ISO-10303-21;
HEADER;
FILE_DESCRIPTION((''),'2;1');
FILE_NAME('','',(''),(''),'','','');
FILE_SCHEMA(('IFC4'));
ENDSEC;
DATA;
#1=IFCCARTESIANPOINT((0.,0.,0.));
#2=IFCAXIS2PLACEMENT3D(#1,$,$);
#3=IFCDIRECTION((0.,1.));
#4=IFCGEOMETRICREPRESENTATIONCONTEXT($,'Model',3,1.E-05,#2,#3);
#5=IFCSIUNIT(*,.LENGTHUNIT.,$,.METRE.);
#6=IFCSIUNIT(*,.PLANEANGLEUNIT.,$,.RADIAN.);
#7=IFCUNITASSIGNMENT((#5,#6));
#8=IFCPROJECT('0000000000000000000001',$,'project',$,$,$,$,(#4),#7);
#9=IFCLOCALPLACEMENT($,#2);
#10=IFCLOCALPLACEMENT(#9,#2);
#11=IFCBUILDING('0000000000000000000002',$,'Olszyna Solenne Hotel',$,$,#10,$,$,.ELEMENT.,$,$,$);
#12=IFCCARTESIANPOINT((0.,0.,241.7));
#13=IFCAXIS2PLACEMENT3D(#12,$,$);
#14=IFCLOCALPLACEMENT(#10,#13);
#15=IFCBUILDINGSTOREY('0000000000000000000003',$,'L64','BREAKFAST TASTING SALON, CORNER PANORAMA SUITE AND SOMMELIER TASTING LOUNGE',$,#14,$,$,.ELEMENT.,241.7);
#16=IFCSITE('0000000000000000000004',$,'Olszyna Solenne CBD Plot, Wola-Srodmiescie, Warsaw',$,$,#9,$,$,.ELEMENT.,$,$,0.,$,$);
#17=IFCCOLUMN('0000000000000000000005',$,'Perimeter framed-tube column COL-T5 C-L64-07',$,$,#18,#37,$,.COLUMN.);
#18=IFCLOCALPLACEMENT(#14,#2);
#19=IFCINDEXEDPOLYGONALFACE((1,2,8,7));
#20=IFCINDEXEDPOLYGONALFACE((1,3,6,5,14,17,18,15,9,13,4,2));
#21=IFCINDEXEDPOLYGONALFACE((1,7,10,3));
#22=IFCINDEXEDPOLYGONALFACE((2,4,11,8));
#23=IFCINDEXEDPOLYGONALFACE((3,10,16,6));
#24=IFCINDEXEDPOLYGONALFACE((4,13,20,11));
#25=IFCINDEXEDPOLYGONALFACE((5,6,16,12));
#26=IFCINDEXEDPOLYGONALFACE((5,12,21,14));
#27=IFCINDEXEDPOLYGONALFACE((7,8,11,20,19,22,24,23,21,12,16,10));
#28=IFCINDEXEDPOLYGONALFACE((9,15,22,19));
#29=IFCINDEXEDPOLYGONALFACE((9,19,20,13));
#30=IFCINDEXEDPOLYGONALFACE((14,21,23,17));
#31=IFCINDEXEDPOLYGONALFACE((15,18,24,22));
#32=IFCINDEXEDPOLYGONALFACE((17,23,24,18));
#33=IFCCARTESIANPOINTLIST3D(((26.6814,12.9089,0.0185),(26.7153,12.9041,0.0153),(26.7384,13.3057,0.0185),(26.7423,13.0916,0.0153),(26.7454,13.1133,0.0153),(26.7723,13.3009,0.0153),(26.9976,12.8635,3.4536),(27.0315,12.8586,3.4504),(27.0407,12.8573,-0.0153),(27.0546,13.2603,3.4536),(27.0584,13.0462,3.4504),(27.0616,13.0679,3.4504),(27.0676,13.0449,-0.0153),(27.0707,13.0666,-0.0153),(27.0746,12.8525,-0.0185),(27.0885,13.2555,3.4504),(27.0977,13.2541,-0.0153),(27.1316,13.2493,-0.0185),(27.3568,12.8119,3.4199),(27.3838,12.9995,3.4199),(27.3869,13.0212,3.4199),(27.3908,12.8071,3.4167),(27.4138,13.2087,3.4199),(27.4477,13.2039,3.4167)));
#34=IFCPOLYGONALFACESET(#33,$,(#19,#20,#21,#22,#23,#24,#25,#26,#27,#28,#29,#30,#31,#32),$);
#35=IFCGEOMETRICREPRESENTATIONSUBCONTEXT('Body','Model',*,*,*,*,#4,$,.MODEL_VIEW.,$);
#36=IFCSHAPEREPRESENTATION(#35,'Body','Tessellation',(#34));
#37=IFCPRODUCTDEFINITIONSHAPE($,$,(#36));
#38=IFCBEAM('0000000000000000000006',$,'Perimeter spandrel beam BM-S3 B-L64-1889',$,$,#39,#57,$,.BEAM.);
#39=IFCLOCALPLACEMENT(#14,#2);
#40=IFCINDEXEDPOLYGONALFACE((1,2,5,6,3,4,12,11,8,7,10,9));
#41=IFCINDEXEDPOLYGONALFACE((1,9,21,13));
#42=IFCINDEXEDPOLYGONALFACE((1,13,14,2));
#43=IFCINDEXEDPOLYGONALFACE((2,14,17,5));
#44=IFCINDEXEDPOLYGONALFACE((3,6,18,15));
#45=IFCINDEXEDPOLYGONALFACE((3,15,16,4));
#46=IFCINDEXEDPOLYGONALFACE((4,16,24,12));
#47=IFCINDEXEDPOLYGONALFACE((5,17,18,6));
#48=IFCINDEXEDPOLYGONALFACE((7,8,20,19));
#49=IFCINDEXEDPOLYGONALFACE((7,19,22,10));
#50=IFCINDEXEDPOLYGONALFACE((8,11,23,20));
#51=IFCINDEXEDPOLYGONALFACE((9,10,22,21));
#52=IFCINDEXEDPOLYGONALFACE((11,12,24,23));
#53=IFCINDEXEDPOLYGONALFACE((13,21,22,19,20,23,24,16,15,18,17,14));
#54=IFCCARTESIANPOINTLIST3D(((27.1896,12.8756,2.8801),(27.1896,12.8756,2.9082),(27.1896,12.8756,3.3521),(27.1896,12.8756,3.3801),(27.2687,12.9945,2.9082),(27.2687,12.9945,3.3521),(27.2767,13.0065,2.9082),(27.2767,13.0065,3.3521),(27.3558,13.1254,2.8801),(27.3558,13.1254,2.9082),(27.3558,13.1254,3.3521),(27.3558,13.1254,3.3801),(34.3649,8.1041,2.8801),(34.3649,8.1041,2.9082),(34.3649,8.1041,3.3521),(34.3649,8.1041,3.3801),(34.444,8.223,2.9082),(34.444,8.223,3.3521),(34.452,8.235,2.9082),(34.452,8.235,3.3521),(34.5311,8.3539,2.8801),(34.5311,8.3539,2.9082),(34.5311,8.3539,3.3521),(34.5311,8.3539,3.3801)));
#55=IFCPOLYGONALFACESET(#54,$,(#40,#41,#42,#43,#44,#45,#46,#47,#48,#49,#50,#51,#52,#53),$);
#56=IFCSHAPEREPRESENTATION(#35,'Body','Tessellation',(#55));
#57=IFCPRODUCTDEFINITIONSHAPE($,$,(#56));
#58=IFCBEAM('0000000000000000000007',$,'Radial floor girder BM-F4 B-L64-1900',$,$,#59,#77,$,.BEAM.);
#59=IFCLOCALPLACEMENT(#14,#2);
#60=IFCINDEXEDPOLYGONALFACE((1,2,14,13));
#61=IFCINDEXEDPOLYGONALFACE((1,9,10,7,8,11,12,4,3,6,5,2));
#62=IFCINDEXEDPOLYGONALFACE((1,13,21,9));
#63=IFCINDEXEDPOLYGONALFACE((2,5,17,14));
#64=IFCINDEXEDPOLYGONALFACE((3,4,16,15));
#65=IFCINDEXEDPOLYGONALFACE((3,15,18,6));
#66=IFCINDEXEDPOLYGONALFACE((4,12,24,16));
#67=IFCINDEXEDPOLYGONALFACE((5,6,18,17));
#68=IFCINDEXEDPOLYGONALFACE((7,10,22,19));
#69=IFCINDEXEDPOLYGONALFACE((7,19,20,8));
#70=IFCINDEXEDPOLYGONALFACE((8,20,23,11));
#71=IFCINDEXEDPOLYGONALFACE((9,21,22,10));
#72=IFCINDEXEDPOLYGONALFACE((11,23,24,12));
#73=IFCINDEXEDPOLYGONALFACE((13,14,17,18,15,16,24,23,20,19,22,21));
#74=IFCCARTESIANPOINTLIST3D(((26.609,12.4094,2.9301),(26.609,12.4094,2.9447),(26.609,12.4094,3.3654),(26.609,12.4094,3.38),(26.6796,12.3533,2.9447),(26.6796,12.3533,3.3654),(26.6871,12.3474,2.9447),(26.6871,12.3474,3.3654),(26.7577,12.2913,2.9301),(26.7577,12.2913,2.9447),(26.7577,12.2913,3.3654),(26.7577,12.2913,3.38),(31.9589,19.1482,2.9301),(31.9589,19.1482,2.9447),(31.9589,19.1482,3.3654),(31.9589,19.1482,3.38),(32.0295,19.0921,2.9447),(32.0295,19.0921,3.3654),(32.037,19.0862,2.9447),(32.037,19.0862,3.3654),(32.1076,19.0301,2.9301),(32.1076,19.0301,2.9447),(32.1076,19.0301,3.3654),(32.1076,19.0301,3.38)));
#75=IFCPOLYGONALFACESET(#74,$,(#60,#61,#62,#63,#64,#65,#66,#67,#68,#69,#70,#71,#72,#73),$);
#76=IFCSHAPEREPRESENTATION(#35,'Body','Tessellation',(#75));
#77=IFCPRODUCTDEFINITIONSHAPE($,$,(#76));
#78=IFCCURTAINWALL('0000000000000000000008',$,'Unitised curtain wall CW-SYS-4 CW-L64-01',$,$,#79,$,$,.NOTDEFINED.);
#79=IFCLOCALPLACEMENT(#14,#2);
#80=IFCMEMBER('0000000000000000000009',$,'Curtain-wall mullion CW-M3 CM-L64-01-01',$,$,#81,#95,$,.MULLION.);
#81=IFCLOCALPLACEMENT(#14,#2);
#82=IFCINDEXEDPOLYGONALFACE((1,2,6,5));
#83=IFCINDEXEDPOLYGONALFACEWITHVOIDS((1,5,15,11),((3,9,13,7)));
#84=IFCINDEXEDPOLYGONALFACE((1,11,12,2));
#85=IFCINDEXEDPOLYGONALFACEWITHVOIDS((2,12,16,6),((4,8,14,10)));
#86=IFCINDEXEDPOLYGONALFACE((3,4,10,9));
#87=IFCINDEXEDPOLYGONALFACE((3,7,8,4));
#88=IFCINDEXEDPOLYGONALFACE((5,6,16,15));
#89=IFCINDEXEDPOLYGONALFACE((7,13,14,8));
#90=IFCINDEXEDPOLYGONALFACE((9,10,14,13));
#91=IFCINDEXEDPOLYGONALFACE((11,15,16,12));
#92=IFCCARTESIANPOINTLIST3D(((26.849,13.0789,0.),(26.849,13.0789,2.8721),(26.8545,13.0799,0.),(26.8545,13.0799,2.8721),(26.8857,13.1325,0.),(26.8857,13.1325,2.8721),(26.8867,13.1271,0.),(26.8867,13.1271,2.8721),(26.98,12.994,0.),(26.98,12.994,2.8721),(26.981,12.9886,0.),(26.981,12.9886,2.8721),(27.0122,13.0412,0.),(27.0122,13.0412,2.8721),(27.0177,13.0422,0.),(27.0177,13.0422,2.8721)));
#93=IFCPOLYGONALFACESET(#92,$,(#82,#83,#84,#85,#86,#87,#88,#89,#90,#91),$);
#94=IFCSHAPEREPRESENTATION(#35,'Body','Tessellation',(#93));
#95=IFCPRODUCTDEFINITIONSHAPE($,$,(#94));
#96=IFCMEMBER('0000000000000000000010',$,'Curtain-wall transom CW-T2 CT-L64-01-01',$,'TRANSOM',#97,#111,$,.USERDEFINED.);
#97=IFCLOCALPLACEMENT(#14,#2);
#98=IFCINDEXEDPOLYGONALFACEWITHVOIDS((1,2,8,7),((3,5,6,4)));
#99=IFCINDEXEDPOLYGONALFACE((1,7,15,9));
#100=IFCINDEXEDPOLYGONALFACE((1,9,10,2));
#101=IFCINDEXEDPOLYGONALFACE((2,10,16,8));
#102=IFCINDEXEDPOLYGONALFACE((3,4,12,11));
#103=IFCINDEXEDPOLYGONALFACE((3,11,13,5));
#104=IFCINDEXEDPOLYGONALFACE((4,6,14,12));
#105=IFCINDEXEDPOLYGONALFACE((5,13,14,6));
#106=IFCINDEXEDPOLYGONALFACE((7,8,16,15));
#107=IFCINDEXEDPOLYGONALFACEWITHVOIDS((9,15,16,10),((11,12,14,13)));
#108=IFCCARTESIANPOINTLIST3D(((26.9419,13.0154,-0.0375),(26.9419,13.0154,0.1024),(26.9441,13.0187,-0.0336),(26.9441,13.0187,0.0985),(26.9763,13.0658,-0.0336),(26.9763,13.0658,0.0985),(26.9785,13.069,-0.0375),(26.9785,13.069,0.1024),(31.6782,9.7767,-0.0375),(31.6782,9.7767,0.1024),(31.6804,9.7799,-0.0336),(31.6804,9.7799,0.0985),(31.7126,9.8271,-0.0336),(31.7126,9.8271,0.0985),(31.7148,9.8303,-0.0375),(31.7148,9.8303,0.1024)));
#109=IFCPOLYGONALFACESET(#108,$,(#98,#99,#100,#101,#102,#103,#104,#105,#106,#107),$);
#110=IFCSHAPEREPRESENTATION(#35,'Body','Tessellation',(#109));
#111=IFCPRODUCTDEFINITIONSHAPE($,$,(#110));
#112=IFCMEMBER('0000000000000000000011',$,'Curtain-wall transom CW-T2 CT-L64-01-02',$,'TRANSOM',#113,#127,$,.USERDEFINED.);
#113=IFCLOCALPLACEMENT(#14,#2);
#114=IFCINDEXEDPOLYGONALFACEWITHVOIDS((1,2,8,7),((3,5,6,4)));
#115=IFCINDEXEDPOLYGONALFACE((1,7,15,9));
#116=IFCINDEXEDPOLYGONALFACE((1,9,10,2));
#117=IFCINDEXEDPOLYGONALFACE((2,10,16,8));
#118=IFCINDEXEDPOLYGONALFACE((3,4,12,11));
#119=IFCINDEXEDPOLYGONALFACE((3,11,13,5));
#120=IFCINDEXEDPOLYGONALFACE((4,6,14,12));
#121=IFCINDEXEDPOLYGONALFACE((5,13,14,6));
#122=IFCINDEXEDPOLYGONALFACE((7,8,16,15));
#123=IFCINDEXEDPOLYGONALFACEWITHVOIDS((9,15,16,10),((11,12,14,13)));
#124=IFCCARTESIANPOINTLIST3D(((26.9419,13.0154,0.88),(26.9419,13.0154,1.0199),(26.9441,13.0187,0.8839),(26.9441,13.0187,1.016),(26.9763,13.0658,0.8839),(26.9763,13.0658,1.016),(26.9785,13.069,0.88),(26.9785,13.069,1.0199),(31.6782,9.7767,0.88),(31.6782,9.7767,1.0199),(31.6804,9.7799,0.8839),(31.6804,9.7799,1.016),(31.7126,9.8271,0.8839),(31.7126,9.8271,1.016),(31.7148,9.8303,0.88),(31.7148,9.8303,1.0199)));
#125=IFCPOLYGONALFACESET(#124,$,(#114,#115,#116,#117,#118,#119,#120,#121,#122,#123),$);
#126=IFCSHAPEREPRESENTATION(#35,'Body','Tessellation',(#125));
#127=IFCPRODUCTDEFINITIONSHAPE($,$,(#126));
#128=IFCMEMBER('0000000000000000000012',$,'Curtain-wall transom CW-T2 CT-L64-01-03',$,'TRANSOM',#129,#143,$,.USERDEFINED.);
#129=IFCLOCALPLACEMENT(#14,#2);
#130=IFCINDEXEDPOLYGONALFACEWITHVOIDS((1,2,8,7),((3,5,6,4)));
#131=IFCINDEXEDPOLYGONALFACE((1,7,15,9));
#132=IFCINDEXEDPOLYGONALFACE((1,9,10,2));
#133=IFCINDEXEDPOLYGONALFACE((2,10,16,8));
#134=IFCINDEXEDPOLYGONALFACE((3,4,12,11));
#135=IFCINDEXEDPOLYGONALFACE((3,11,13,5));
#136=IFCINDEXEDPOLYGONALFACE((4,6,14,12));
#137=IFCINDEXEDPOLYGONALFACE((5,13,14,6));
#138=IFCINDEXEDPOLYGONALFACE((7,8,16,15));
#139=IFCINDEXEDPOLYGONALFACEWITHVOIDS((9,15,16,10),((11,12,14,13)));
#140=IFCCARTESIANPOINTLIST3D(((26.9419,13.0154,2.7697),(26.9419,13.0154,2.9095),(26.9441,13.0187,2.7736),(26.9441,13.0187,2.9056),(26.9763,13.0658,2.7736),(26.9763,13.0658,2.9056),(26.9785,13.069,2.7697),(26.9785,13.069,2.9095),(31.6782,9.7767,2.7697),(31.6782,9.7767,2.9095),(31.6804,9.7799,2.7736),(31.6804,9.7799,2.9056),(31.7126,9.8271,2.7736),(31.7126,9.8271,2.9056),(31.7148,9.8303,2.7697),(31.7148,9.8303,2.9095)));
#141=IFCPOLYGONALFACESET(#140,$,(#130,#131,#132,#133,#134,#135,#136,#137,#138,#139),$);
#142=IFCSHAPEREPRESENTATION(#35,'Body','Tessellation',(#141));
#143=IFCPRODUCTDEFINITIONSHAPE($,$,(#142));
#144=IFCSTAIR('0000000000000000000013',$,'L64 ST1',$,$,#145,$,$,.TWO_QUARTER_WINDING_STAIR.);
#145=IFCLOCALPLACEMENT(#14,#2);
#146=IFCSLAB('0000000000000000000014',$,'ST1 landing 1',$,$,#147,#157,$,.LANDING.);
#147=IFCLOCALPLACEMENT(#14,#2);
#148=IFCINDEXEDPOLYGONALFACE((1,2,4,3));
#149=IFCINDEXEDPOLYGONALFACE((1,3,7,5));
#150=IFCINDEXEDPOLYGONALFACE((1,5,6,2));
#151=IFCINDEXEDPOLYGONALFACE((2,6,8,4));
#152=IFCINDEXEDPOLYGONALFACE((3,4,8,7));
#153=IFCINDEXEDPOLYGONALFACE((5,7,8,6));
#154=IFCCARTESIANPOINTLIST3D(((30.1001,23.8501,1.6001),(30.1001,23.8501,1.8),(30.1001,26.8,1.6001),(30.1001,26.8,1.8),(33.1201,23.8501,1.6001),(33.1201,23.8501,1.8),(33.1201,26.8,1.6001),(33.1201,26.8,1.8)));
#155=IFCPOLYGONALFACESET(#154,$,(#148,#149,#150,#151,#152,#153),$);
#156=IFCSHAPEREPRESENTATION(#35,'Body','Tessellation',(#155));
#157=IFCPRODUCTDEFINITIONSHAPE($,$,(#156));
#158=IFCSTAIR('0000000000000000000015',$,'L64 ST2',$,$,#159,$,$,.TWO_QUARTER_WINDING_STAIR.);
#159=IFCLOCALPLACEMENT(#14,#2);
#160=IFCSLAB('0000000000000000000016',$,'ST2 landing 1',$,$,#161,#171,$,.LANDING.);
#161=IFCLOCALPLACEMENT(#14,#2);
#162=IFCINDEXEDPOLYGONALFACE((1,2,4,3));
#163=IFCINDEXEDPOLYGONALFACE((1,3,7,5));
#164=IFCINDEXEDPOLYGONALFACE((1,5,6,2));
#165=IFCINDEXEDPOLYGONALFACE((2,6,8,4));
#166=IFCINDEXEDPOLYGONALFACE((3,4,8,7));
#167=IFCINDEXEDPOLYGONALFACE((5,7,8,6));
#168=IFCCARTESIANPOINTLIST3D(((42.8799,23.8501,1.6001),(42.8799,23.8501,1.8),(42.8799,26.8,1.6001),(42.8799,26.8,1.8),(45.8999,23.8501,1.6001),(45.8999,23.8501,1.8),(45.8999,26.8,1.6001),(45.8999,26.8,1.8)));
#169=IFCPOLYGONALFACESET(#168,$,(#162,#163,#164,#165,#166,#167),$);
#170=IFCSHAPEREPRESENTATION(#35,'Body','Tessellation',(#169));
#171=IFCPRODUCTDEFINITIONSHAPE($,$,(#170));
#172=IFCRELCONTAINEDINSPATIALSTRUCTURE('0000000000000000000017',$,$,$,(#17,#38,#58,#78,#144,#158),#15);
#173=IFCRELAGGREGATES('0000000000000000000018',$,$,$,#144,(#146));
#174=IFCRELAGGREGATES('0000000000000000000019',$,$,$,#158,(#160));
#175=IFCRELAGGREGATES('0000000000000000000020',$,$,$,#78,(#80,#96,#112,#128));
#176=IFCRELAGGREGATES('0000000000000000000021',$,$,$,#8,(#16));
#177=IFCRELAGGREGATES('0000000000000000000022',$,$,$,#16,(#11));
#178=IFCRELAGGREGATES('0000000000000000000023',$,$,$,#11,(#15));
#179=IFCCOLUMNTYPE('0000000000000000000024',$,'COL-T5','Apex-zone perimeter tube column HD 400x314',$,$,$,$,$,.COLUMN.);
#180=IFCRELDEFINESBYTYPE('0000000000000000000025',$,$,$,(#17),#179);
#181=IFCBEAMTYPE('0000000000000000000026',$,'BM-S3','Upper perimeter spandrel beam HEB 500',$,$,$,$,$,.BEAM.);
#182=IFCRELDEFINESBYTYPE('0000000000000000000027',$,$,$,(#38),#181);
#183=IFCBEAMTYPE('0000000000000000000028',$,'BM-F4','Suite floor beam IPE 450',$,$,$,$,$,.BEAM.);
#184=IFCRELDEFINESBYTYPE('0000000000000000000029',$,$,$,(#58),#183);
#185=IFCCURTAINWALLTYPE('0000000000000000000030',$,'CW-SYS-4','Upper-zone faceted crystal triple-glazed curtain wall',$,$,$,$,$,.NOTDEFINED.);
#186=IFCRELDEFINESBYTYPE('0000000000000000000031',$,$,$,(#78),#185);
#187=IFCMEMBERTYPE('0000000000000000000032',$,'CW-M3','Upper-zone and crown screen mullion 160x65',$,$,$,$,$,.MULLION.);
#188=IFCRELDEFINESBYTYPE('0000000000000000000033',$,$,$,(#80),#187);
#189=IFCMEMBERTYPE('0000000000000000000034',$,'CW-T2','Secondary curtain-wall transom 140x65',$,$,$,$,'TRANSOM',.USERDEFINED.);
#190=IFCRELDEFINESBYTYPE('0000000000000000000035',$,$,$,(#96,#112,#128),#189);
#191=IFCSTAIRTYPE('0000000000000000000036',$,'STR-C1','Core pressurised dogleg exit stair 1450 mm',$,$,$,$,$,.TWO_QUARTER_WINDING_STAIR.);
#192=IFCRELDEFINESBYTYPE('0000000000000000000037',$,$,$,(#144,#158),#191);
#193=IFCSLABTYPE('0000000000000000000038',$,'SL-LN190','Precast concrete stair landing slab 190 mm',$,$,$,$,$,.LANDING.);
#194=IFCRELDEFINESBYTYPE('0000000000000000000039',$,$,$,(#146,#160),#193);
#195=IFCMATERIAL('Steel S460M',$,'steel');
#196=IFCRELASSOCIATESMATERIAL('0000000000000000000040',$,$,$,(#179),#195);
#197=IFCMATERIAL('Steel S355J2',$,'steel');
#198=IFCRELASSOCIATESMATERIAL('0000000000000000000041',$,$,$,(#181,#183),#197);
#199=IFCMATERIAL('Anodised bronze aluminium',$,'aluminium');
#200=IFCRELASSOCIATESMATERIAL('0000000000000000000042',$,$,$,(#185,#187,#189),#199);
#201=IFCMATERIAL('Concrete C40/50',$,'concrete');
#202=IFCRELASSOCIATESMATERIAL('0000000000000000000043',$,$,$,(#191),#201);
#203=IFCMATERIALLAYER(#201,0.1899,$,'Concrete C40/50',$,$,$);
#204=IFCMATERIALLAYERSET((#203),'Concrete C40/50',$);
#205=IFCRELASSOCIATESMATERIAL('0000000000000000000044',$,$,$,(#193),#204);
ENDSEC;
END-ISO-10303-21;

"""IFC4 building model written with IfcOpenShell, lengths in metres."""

from ifc_helpers import new_model, si_unit, direction, frame, origin, origin_2d, place, context, subcontext, project, spatial, polyline, hollow_rectangle, i_section, outline, extrude, source, transform, mapped, material, layer, layer_set, material_profile, profile_set, type_object, element, aggregate, save


model = new_model("IFC4")

# Units and contexts
model_context = context("Model", 3, precision=1e-05, world=origin(), true_north=direction((0.0, 1.0)))
body_context = subcontext(model_context, "Body", "Model", "MODEL_VIEW")
ifc_project = project(units=[si_unit("LENGTHUNIT", "METRE"), si_unit("PLANEANGLEUNIT", "RADIAN")], contexts=[model_context])

# Site, building, storey
site_placement = place(None, origin())
site = spatial("IfcSite", under=ifc_project, at=site_placement, Name="Olszyna Solenne CBD Plot, Wola-Srodmiescie, Warsaw", CompositionType="ELEMENT", RefElevation=0.0)
building_placement = place(site_placement, origin())
building = spatial("IfcBuilding", under=site, at=building_placement, Name="Olszyna Solenne Hotel", CompositionType="ELEMENT")
storey_placement = place(building_placement, frame((0.0, 0.0, 241.7)))
storey = spatial("IfcBuildingStorey", under=building, at=storey_placement, Name="L64", Description="BREAKFAST TASTING SALON, CORNER PANORAMA SUITE AND SOMMELIER TASTING LOUNGE", CompositionType="ELEMENT", Elevation=241.7)

# Column
ifc_material_1 = material(Name="Steel S460M", Category="steel")
ifc_material_profile_1 = material_profile(ifc_material_1, i_section(OverallWidth=0.4009, OverallDepth=0.3989, WebThickness=0.022, FlangeThickness=0.0344, at=origin_2d()), Name="HD 400x314", Category="load-bearing")
ifc_profile_set_1 = profile_set([ifc_material_profile_1], Name="Steel S460M")
column_type = type_object("IfcColumnType", Name="COL-T5", Description="Apex-zone perimeter tube column HD 400x314", PredefinedType="COLUMN", material=ifc_profile_set_1)
shared_shape_1 = source(origin(), body_context, "Body", "SweptSolid", [
    extrude(i_section(OverallWidth=0.4009, OverallDepth=0.3989, WebThickness=0.022, FlangeThickness=0.0344, at=origin_2d()), origin(), (0.0, 0.0, 1.0), 3.45),
])
column_placement = place(storey_placement, frame((26.9065, 13.0791, 0.0), z_axis=(0.091644, -0.013163, 0.995705), x_axis=(0.14217, 0.989842, 0.0)))
element("IfcColumn", 1, at=column_placement, inside=storey, type_object=column_type, Name="Perimeter framed-tube column COL-T5 C-L64-07", PredefinedType="COLUMN", context=body_context, shape_type="MappedRepresentation", body=[
    mapped(shared_shape_1, transform((0.0, 0.0, 0.0), x_axis=(1.0, 0.0, 0.0), y_axis=(0.0, 1.0, 0.0), z_axis=(0.0, 0.0, 1.0), scale=1.0)),
])

# Beams
ifc_material_2 = material(Name="Steel S355J2", Category="steel")
ifc_material_profile_2 = material_profile(ifc_material_2, i_section(OverallWidth=0.3, OverallDepth=0.5, WebThickness=0.0144, FlangeThickness=0.0281, at=origin_2d()), Name="HEB 500", Category="load-bearing")
ifc_profile_set_2 = profile_set([ifc_material_profile_2], Name="Steel S355J2")
beam_type_1 = type_object("IfcBeamType", Name="BM-S3", Description="Upper perimeter spandrel beam HEB 500", PredefinedType="BEAM", material=ifc_profile_set_2)
shared_shape_2 = source(origin(), body_context, "Body", "SweptSolid", [
    extrude(i_section(OverallWidth=0.3, OverallDepth=0.5, WebThickness=0.0144, FlangeThickness=0.0281, at=origin_2d()), origin(), (0.0, 0.0, 1.0), 8.6169),
])
beam_1_placement = place(storey_placement, frame((27.2727, 13.0005, 3.1301), z_axis=(0.832695, -0.553732, 0.0), x_axis=(0.553732, 0.832695, 0.0)))
element("IfcBeam", 2, at=beam_1_placement, inside=storey, type_object=beam_type_1, Name="Perimeter spandrel beam BM-S3 B-L64-1889", PredefinedType="BEAM", context=body_context, shape_type="MappedRepresentation", body=[
    mapped(shared_shape_2, transform((0.0, 0.0, 0.0), x_axis=(1.0, 0.0, 0.0), y_axis=(0.0, 1.0, 0.0), z_axis=(0.0, 0.0, 1.0), scale=1.0)),
])
ifc_material_profile_3 = material_profile(ifc_material_2, i_section(OverallWidth=0.1899, OverallDepth=0.45, WebThickness=0.0095, FlangeThickness=0.0146, at=origin_2d()), Name="IPE 450", Category="load-bearing")
ifc_profile_set_3 = profile_set([ifc_material_profile_3], Name="Steel S355J2")
beam_type_2 = type_object("IfcBeamType", Name="BM-F4", Description="Suite floor beam IPE 450", PredefinedType="BEAM", material=ifc_profile_set_3)
shared_shape_3 = source(origin(), body_context, "Body", "SweptSolid", [
    extrude(i_section(OverallWidth=0.1899, OverallDepth=0.45, WebThickness=0.0095, FlangeThickness=0.0146, at=origin_2d()), origin(), (0.0, 0.0, 1.0), 8.6042),
])
beam_2_placement = place(storey_placement, frame((26.6833, 12.3503, 3.155), z_axis=(0.621774, 0.783197, 0.0), x_axis=(-0.783197, 0.621774, 0.0)))
element("IfcBeam", 3, at=beam_2_placement, inside=storey, type_object=beam_type_2, Name="Radial floor girder BM-F4 B-L64-1900", PredefinedType="BEAM", context=body_context, shape_type="MappedRepresentation", body=[
    mapped(shared_shape_3, transform((0.0, 0.0, 0.0), x_axis=(1.0, 0.0, 0.0), y_axis=(0.0, 1.0, 0.0), z_axis=(0.0, 0.0, 1.0), scale=1.0)),
])

# Curtain wall, members
ifc_material_3 = material(Name="Anodised bronze aluminium", Category="aluminium")
curtain_wall_type = type_object("IfcCurtainWallType", Name="CW-SYS-4", Description="Upper-zone faceted crystal triple-glazed curtain wall", PredefinedType="NOTDEFINED", material=ifc_material_3)
curtain_wall_placement = place(storey_placement, origin())
curtain_wall = element("IfcCurtainWall", 4, at=curtain_wall_placement, inside=storey, type_object=curtain_wall_type, Name="Unitised curtain wall CW-SYS-4 CW-L64-01", PredefinedType="NOTDEFINED")
ifc_material_profile_4 = material_profile(ifc_material_3, hollow_rectangle(XDim=0.0649, YDim=0.1599, WallThickness=0.0039, at=origin_2d()), Name="MULL 160x65x4", Category="load-bearing")
ifc_profile_set_4 = profile_set([ifc_material_profile_4], Name="Anodised bronze aluminium")
member_type_1 = type_object("IfcMemberType", Name="CW-M3", Description="Upper-zone and crown screen mullion 160x65", PredefinedType="MULLION", material=ifc_profile_set_4)
shared_shape_4 = source(origin(), body_context, "Body", "SweptSolid", [
    extrude(hollow_rectangle(XDim=0.0649, YDim=0.1599, WallThickness=0.0039, at=origin_2d()), origin(), (0.0, 0.0, 1.0), 2.8721),
])
member_1_placement = place(storey_placement, frame((26.9333, 13.0605, 0.0), z_axis=(0.0, 0.0, 1.0), x_axis=(0.56448, 0.825447, 0.0)))
member_1 = element("IfcMember", 5, at=member_1_placement, type_object=member_type_1, Name="Curtain-wall mullion CW-M3 CM-L64-01-01", PredefinedType="MULLION", context=body_context, shape_type="MappedRepresentation", body=[
    mapped(shared_shape_4, transform((0.0, 0.0, 0.0), x_axis=(1.0, 0.0, 0.0), y_axis=(0.0, 1.0, 0.0), z_axis=(0.0, 0.0, 1.0), scale=1.0)),
])
ifc_material_profile_5 = material_profile(ifc_material_3, hollow_rectangle(XDim=0.0649, YDim=0.1399, WallThickness=0.0039, at=origin_2d()), Name="TRAN 140x65x4", Category="load-bearing")
ifc_profile_set_5 = profile_set([ifc_material_profile_5], Name="Anodised bronze aluminium")
member_type_2 = type_object("IfcMemberType", Name="CW-T2", Description="Secondary curtain-wall transom 140x65", ElementType="TRANSOM", PredefinedType="USERDEFINED", material=ifc_profile_set_5)
shared_shape_5 = source(origin(), body_context, "Body", "SweptSolid", [
    extrude(hollow_rectangle(XDim=0.0649, YDim=0.1399, WallThickness=0.0039, at=origin_2d()), origin(), (0.0, 0.0, 1.0), 5.7378),
])
member_2_placement = place(storey_placement, frame((26.9602, 13.0422, 0.0325), z_axis=(0.82546, -0.564461, 0.0), x_axis=(0.564461, 0.82546, 0.0)))
member_2 = element("IfcMember", 6, at=member_2_placement, type_object=member_type_2, Name="Curtain-wall transom CW-T2 CT-L64-01-01", ObjectType="TRANSOM", PredefinedType="USERDEFINED", context=body_context, shape_type="MappedRepresentation", body=[
    mapped(shared_shape_5, transform((0.0, 0.0, 0.0), x_axis=(1.0, 0.0, 0.0), y_axis=(0.0, 1.0, 0.0), z_axis=(0.0, 0.0, 1.0), scale=1.0)),
])
member_3_placement = place(storey_placement, frame((26.9602, 13.0422, 0.95), z_axis=(0.82546, -0.564461, 0.0), x_axis=(0.564461, 0.82546, 0.0)))
member_3 = element("IfcMember", 7, at=member_3_placement, type_object=member_type_2, Name="Curtain-wall transom CW-T2 CT-L64-01-02", ObjectType="TRANSOM", PredefinedType="USERDEFINED", context=body_context, shape_type="MappedRepresentation", body=[
    mapped(shared_shape_5, transform((0.0, 0.0, 0.0), x_axis=(1.0, 0.0, 0.0), y_axis=(0.0, 1.0, 0.0), z_axis=(0.0, 0.0, 1.0), scale=1.0)),
])
member_4_placement = place(storey_placement, frame((26.9602, 13.0422, 2.8396), z_axis=(0.82546, -0.564461, 0.0), x_axis=(0.564461, 0.82546, 0.0)))
member_4 = element("IfcMember", 8, at=member_4_placement, type_object=member_type_2, Name="Curtain-wall transom CW-T2 CT-L64-01-03", ObjectType="TRANSOM", PredefinedType="USERDEFINED", context=body_context, shape_type="MappedRepresentation", body=[
    mapped(shared_shape_5, transform((0.0, 0.0, 0.0), x_axis=(1.0, 0.0, 0.0), y_axis=(0.0, 1.0, 0.0), z_axis=(0.0, 0.0, 1.0), scale=1.0)),
])

# Stairs, slabs
ifc_material_4 = material(Name="Concrete C40/50", Category="concrete")
stair_type = type_object("IfcStairType", Name="STR-C1", Description="Core pressurised dogleg exit stair 1450 mm", PredefinedType="TWO_QUARTER_WINDING_STAIR", material=ifc_material_4)
stair_1_placement = place(storey_placement, origin())
stair_1 = element("IfcStair", 9, at=stair_1_placement, inside=storey, type_object=stair_type, Name="L64 ST1", PredefinedType="TWO_QUARTER_WINDING_STAIR")
ifc_layer_1 = layer(ifc_material_4, 0.1899, Name="Concrete C40/50")
ifc_layer_set_1 = layer_set([ifc_layer_1], Name="Concrete C40/50")
slab_type_1 = type_object("IfcSlabType", Name="SL-LN190", Description="Precast concrete stair landing slab 190 mm", PredefinedType="LANDING", material=ifc_layer_set_1)
slab_1_placement = place(storey_placement, frame((0.0, 0.0, 1.6001)))
slab_1 = element("IfcSlab", 10, at=slab_1_placement, type_object=slab_type_1, Name="ST1 landing 1", PredefinedType="LANDING", context=body_context, shape_type="SweptSolid", body=[
    extrude(outline(polyline([(33.1201, 23.8501), (33.1201, 26.8), (30.1001, 26.8), (30.1001, 23.8501), (33.1201, 23.8501)])), origin(), (0.0, 0.0, 1.0), 0.2),
])
aggregate(stair_1, [slab_1])
stair_2_placement = place(storey_placement, origin())
stair_2 = element("IfcStair", 11, at=stair_2_placement, inside=storey, type_object=stair_type, Name="L64 ST2", PredefinedType="TWO_QUARTER_WINDING_STAIR")
slab_2_placement = place(storey_placement, frame((0.0, 0.0, 1.6001)))
slab_2 = element("IfcSlab", 12, at=slab_2_placement, type_object=slab_type_1, Name="ST2 landing 1", PredefinedType="LANDING", context=body_context, shape_type="SweptSolid", body=[
    extrude(outline(polyline([(45.8999, 23.8501), (45.8999, 26.8), (42.8799, 26.8), (42.8799, 23.8501), (45.8999, 23.8501)])), origin(), (0.0, 0.0, 1.0), 0.2),
])
aggregate(stair_2, [slab_2])

aggregate(curtain_wall, [member_1, member_2, member_3, member_4])

save(model, "model.ifc")
